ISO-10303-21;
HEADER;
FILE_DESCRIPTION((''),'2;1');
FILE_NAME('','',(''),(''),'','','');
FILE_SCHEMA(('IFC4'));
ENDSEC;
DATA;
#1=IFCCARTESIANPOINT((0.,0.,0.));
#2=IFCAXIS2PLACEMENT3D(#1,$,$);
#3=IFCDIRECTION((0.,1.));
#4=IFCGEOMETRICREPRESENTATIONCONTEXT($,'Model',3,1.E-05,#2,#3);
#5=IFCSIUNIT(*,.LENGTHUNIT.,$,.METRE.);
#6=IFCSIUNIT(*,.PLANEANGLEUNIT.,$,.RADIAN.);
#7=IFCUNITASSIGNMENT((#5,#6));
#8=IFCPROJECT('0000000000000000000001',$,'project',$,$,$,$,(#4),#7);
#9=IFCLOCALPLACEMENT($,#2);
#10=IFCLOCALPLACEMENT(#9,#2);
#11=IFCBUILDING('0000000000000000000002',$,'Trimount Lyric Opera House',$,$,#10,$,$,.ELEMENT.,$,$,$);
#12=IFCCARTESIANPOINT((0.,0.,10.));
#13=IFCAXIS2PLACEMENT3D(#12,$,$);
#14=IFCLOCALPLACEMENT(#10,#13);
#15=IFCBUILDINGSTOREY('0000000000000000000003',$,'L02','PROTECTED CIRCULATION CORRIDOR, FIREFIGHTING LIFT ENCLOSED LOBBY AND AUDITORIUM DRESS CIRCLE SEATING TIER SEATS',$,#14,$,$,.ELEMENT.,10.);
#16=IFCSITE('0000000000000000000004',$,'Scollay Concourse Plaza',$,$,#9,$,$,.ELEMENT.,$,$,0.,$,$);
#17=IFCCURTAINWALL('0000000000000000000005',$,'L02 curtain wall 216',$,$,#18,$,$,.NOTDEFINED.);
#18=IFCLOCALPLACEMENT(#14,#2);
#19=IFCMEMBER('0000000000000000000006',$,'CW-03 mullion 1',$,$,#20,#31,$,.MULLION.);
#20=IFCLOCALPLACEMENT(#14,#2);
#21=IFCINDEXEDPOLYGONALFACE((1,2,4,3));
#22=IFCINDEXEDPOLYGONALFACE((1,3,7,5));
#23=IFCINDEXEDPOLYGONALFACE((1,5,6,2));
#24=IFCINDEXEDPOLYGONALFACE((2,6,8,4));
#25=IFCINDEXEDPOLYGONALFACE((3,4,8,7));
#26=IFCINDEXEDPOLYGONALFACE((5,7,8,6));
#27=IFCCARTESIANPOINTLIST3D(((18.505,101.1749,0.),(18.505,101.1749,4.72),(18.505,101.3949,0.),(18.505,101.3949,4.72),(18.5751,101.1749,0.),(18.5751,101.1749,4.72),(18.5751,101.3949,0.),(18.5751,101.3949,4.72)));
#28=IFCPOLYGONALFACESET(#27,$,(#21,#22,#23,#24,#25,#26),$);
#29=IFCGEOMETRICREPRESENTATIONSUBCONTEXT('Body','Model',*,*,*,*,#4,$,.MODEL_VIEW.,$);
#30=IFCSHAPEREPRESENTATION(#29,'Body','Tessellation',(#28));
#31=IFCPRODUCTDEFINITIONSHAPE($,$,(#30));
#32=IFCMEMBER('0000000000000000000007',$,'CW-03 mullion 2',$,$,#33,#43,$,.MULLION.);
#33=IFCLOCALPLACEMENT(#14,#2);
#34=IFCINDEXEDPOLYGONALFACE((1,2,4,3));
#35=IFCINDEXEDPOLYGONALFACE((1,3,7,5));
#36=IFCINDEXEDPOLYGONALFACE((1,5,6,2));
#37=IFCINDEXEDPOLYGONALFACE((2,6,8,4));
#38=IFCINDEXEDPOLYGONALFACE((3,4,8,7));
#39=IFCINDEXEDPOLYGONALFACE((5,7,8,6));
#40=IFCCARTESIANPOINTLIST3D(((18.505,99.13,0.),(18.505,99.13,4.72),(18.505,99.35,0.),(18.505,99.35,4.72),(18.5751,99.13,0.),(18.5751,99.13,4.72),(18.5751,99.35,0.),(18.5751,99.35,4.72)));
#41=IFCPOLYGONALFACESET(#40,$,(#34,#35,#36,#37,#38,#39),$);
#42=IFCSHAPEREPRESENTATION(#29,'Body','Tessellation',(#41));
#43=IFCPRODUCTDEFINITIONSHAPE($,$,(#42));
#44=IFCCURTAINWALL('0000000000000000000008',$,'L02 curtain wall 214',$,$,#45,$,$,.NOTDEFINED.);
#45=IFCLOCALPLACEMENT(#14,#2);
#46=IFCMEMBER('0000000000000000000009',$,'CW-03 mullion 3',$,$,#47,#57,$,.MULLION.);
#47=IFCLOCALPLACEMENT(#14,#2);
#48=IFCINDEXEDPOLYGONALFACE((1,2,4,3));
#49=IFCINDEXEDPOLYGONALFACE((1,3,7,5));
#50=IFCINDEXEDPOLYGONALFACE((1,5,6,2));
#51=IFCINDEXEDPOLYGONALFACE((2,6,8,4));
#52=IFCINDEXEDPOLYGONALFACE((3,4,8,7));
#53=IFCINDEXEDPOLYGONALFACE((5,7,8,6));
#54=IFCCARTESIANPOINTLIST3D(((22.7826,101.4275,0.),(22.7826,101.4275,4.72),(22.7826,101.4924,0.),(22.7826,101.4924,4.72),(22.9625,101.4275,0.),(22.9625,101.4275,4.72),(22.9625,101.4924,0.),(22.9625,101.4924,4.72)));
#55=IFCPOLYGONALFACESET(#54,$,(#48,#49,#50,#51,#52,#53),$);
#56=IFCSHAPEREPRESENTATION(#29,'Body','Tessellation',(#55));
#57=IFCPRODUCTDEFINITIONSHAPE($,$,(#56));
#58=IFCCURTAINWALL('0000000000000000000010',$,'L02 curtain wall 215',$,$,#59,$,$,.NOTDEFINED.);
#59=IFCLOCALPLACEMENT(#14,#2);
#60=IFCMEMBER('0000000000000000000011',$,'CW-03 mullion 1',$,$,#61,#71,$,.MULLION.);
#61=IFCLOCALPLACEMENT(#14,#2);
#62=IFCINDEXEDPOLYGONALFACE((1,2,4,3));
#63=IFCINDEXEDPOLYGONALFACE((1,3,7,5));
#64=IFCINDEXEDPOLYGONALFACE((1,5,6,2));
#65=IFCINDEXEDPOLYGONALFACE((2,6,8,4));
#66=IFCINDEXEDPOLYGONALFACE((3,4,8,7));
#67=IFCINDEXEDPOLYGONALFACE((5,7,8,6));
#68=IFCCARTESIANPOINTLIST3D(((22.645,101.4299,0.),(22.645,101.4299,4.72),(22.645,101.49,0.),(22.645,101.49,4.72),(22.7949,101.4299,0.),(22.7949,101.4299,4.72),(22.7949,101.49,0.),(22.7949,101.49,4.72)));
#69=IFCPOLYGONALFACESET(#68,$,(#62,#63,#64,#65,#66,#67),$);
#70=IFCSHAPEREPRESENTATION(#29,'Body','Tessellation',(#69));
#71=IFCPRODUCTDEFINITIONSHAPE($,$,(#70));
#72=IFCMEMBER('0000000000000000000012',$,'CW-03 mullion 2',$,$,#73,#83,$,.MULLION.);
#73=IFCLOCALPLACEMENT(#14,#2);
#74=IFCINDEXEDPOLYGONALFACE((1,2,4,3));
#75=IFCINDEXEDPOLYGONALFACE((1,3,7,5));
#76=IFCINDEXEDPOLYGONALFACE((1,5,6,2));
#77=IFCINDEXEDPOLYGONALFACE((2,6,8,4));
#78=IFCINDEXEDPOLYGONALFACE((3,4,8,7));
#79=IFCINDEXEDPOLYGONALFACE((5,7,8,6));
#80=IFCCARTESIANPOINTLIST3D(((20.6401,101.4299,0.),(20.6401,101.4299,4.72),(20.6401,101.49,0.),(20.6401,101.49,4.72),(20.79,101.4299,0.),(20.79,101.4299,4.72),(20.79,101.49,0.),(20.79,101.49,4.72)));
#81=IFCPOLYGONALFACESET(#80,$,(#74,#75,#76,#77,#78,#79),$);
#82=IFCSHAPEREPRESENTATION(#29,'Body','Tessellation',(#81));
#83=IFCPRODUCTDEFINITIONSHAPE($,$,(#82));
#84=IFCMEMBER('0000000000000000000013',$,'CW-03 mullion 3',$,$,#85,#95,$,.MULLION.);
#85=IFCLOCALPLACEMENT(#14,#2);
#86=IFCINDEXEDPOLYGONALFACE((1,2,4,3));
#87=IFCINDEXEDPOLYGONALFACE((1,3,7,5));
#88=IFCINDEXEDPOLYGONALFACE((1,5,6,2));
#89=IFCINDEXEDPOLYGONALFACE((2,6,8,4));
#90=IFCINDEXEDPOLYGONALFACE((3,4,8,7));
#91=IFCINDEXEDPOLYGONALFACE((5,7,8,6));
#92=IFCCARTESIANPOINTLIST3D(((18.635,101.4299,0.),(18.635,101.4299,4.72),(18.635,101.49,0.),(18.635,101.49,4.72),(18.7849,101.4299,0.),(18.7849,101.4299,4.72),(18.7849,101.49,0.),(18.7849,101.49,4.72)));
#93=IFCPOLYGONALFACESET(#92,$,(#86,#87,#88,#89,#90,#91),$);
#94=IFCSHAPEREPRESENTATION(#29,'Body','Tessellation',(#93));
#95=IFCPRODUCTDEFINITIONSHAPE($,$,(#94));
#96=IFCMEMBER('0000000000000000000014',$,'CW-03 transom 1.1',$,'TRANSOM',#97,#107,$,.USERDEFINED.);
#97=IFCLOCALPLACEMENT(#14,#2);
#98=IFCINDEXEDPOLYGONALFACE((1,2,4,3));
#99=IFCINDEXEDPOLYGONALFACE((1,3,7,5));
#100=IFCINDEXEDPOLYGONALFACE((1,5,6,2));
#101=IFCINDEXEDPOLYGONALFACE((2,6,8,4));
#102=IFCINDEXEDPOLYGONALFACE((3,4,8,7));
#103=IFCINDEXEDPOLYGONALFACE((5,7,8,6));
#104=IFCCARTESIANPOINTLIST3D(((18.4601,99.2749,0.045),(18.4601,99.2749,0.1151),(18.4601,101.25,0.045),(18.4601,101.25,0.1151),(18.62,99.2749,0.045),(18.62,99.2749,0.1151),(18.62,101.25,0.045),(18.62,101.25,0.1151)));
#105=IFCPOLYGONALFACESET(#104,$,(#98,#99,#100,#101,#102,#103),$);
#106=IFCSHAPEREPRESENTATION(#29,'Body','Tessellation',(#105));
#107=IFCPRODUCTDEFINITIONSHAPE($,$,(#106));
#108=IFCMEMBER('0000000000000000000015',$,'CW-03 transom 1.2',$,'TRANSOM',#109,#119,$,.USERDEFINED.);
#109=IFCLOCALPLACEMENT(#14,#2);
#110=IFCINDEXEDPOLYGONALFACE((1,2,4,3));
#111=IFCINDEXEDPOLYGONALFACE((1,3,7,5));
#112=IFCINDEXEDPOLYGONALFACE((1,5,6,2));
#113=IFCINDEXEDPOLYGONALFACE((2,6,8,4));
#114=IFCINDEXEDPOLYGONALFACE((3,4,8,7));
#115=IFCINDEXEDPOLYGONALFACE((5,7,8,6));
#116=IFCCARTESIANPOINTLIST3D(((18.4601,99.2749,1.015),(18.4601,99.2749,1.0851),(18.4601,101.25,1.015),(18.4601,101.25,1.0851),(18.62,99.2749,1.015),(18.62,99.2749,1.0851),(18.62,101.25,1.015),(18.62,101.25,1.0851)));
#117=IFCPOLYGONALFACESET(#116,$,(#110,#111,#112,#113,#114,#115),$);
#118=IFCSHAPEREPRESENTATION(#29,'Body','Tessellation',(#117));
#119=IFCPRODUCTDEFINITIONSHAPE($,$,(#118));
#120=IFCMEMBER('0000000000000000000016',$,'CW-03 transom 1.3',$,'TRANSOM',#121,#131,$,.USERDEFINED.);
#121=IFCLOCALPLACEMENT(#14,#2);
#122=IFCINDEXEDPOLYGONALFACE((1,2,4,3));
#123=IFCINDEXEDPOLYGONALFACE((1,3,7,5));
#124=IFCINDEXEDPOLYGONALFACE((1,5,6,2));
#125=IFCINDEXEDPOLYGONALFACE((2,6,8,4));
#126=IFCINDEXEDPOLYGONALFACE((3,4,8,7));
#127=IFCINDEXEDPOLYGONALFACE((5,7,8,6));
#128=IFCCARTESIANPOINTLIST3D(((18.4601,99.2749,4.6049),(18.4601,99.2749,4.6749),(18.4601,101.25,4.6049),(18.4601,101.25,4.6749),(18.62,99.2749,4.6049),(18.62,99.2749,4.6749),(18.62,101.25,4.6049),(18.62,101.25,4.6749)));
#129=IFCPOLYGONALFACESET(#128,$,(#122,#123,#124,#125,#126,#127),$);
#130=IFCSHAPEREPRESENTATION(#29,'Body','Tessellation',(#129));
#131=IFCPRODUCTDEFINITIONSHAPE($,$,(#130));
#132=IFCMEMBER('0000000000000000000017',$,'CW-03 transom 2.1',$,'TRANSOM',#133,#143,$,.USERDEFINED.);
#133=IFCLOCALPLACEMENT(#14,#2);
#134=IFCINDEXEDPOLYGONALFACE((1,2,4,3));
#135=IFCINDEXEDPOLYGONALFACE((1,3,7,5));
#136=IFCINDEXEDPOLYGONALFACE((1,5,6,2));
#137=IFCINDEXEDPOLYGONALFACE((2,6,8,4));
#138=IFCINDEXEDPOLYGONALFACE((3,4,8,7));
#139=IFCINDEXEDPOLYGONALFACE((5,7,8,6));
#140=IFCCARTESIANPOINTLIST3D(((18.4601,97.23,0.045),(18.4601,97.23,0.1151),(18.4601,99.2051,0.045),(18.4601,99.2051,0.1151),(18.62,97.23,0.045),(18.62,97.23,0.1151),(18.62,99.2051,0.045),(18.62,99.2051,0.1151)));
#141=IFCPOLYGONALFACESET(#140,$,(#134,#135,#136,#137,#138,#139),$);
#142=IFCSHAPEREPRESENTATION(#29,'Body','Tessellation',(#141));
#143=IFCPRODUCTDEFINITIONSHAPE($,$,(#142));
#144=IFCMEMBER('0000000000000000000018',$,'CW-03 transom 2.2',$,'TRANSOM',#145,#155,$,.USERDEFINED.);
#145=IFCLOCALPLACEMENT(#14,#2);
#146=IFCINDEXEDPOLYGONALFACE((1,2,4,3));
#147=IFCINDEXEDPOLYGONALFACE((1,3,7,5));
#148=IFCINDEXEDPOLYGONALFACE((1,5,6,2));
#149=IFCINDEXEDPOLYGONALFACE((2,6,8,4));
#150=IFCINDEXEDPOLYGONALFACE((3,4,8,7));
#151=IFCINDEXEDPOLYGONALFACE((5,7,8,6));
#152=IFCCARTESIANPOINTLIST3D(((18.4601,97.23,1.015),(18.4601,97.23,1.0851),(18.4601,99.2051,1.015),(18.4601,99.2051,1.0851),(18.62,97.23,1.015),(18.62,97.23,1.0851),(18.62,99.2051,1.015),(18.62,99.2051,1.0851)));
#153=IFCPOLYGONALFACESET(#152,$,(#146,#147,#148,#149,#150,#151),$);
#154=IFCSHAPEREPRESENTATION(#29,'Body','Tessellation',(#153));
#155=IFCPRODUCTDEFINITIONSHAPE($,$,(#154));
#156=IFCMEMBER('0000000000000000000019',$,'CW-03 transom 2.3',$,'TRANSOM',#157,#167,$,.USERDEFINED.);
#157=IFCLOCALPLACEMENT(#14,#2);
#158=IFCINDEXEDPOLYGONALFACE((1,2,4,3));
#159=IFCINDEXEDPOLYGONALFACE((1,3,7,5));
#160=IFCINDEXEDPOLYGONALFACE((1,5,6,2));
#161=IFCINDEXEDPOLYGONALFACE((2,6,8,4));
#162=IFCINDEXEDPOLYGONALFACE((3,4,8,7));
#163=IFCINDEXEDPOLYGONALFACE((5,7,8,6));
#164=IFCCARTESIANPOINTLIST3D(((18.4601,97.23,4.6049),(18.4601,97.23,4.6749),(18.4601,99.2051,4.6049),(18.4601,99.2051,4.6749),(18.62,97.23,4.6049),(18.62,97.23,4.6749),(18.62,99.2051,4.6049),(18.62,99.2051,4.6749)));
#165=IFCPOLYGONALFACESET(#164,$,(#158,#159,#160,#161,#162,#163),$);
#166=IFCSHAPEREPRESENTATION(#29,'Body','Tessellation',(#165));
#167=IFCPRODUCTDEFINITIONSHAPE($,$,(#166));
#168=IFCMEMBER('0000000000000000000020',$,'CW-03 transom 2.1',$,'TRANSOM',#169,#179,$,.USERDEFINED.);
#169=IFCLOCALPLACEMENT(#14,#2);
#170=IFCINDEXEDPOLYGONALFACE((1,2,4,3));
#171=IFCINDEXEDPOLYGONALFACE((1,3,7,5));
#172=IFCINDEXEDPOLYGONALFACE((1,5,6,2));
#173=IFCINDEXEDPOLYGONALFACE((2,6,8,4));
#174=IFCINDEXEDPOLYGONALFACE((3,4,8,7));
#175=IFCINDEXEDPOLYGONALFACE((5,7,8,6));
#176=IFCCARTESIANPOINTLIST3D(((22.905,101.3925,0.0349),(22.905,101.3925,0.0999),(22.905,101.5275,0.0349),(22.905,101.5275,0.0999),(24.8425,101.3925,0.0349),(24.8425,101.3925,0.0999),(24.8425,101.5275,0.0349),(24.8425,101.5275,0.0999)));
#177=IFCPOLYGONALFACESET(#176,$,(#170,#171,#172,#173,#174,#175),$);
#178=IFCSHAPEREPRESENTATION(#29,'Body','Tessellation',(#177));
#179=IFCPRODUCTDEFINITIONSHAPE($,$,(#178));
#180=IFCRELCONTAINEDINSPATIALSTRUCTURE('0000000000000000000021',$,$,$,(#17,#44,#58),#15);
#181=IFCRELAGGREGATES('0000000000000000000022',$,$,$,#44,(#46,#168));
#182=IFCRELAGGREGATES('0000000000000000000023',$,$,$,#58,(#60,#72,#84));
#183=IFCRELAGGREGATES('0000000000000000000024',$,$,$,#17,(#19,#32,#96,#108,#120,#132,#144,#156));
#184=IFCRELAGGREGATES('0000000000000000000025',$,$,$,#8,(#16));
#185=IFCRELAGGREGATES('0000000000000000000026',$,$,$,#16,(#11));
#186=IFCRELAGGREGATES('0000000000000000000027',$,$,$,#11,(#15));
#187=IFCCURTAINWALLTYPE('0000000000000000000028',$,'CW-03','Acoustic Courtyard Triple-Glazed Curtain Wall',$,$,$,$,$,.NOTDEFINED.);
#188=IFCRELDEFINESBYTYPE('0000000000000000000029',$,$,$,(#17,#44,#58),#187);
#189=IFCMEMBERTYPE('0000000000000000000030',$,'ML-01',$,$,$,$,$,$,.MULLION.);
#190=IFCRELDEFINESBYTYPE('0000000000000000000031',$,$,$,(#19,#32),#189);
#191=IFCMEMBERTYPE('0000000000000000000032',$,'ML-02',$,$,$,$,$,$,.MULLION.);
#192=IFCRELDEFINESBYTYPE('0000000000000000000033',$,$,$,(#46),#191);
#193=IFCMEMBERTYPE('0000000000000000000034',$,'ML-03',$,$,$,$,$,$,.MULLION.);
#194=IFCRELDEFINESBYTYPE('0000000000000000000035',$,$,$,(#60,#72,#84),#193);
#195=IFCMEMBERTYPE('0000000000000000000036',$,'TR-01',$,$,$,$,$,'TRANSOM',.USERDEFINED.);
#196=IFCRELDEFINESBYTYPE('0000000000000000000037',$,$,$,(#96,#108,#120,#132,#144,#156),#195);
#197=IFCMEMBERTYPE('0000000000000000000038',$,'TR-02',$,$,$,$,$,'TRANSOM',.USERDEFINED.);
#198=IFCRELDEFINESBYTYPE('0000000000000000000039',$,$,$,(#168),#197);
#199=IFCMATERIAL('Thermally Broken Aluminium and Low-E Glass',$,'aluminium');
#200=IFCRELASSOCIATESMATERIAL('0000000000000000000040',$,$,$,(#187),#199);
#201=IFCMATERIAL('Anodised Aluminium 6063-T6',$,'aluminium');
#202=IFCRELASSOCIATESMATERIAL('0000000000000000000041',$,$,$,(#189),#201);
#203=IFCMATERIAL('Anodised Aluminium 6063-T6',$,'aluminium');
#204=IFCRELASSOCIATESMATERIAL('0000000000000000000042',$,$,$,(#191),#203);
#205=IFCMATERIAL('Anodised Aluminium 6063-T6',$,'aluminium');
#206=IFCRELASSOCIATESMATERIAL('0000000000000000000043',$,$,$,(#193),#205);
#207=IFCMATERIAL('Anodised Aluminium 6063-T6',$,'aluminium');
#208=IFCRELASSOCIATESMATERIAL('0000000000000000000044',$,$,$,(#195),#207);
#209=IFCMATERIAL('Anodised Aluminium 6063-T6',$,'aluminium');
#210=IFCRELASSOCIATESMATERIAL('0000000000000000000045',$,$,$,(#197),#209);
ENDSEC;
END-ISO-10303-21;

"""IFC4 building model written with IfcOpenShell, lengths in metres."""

from ifc_helpers import new_model, si_unit, direction, frame, origin, origin_2d, place, context, subcontext, project, spatial, rectangle, extrude, material, material_profile, profile_set, type_object, element, aggregate, save


model = new_model("IFC4")

# Units and contexts
model_context = context("Model", 3, precision=1e-05, world=origin(), true_north=direction((0.0, 1.0)))
body_context = subcontext(model_context, "Body", "Model", "MODEL_VIEW")
ifc_project = project(units=[si_unit("LENGTHUNIT", "METRE"), si_unit("PLANEANGLEUNIT", "RADIAN")], contexts=[model_context])

# Site, building, storey
site_placement = place(None, origin())
site = spatial("IfcSite", under=ifc_project, at=site_placement, Name="Scollay Concourse Plaza", CompositionType="ELEMENT", RefElevation=0.0)
building_placement = place(site_placement, origin())
building = spatial("IfcBuilding", under=site, at=building_placement, Name="Trimount Lyric Opera House", CompositionType="ELEMENT")
storey_placement = place(building_placement, frame((0.0, 0.0, 10.0)))
storey = spatial("IfcBuildingStorey", under=building, at=storey_placement, Name="L02", Description="PROTECTED CIRCULATION CORRIDOR, FIREFIGHTING LIFT ENCLOSED LOBBY AND AUDITORIUM DRESS CIRCLE SEATING TIER SEATS", CompositionType="ELEMENT", Elevation=10.0)

# Curtain wall, members
ifc_material_1 = material(Name="Thermally Broken Aluminium and Low-E Glass", Category="aluminium")
curtain_wall_type = type_object("IfcCurtainWallType", Name="CW-03", Description="Acoustic Courtyard Triple-Glazed Curtain Wall", PredefinedType="NOTDEFINED", material=ifc_material_1)
curtain_wall_1_placement = place(storey_placement, origin())
curtain_wall_1 = element("IfcCurtainWall", 1, at=curtain_wall_1_placement, inside=storey, type_object=curtain_wall_type, Name="L02 curtain wall 216", PredefinedType="NOTDEFINED")
ifc_material_2 = material(Name="Anodised Aluminium 6063-T6", Category="aluminium")
ifc_material_profile_1 = material_profile(ifc_material_2, rectangle(XDim=0.0701, YDim=0.22, at=origin_2d()), Name="ALU-MULL-70X220")
ifc_profile_set_1 = profile_set([ifc_material_profile_1], Name="Anodised Aluminium 6063-T6")
member_type_1 = type_object("IfcMemberType", Name="ML-01", PredefinedType="MULLION", material=ifc_profile_set_1)
member_1_placement = place(storey_placement, frame((18.54, 101.2849, 0.0), z_axis=(0.0, 0.0, 1.0), x_axis=(1.0, 0.0, 0.0)))
member_1 = element("IfcMember", 2, at=member_1_placement, type_object=member_type_1, Name="CW-03 mullion 1", PredefinedType="MULLION", context=body_context, shape_type="SweptSolid", body=[
    extrude(rectangle(XDim=0.0701, YDim=0.22, at=origin_2d()), origin(), (0.0, 0.0, 1.0), 4.72),
])
member_2_placement = place(storey_placement, frame((18.54, 99.24, 0.0), z_axis=(0.0, 0.0, 1.0), x_axis=(1.0, 0.0, 0.0)))
member_2 = element("IfcMember", 3, at=member_2_placement, type_object=member_type_1, Name="CW-03 mullion 2", PredefinedType="MULLION", context=body_context, shape_type="SweptSolid", body=[
    extrude(rectangle(XDim=0.0701, YDim=0.22, at=origin_2d()), origin(), (0.0, 0.0, 1.0), 4.72),
])

# Curtain wall, member
curtain_wall_2_placement = place(storey_placement, origin())
curtain_wall_2 = element("IfcCurtainWall", 4, at=curtain_wall_2_placement, inside=storey, type_object=curtain_wall_type, Name="L02 curtain wall 214", PredefinedType="NOTDEFINED")
ifc_material_3 = material(Name="Anodised Aluminium 6063-T6", Category="aluminium")
ifc_material_profile_2 = material_profile(ifc_material_3, rectangle(XDim=0.0649, YDim=0.1799, at=origin_2d()), Name="ALU-MULL-65X180")
ifc_profile_set_2 = profile_set([ifc_material_profile_2], Name="Anodised Aluminium 6063-T6")
member_type_2 = type_object("IfcMemberType", Name="ML-02", PredefinedType="MULLION", material=ifc_profile_set_2)
member_3_placement = place(storey_placement, frame((22.8726, 101.46, 0.0), z_axis=(0.0, 0.0, 1.0), x_axis=(0.0, -1.0, 0.0)))
member_3 = element("IfcMember", 5, at=member_3_placement, type_object=member_type_2, Name="CW-03 mullion 3", PredefinedType="MULLION", context=body_context, shape_type="SweptSolid", body=[
    extrude(rectangle(XDim=0.0649, YDim=0.1799, at=origin_2d()), origin(), (0.0, 0.0, 1.0), 4.72),
])

# Curtain wall, members
curtain_wall_3_placement = place(storey_placement, origin())
curtain_wall_3 = element("IfcCurtainWall", 6, at=curtain_wall_3_placement, inside=storey, type_object=curtain_wall_type, Name="L02 curtain wall 215", PredefinedType="NOTDEFINED")
ifc_material_4 = material(Name="Anodised Aluminium 6063-T6", Category="aluminium")
ifc_material_profile_3 = material_profile(ifc_material_4, rectangle(XDim=0.0601, YDim=0.1499, at=origin_2d()), Name="ALU-MULL-60X150")
ifc_profile_set_3 = profile_set([ifc_material_profile_3], Name="Anodised Aluminium 6063-T6")
member_type_3 = type_object("IfcMemberType", Name="ML-03", PredefinedType="MULLION", material=ifc_profile_set_3)
member_4_placement = place(storey_placement, frame((22.72, 101.46, 0.0), z_axis=(0.0, 0.0, 1.0), x_axis=(0.0, -1.0, 0.0)))
member_4 = element("IfcMember", 7, at=member_4_placement, type_object=member_type_3, Name="CW-03 mullion 1", PredefinedType="MULLION", context=body_context, shape_type="SweptSolid", body=[
    extrude(rectangle(XDim=0.0601, YDim=0.1499, at=origin_2d()), origin(), (0.0, 0.0, 1.0), 4.72),
])
member_5_placement = place(storey_placement, frame((20.7151, 101.46, 0.0), z_axis=(0.0, 0.0, 1.0), x_axis=(0.0, -1.0, 0.0)))
member_5 = element("IfcMember", 8, at=member_5_placement, type_object=member_type_3, Name="CW-03 mullion 2", PredefinedType="MULLION", context=body_context, shape_type="SweptSolid", body=[
    extrude(rectangle(XDim=0.0601, YDim=0.1499, at=origin_2d()), origin(), (0.0, 0.0, 1.0), 4.72),
])
member_6_placement = place(storey_placement, frame((18.71, 101.46, 0.0), z_axis=(0.0, 0.0, 1.0), x_axis=(0.0, -1.0, 0.0)))
member_6 = element("IfcMember", 9, at=member_6_placement, type_object=member_type_3, Name="CW-03 mullion 3", PredefinedType="MULLION", context=body_context, shape_type="SweptSolid", body=[
    extrude(rectangle(XDim=0.0601, YDim=0.1499, at=origin_2d()), origin(), (0.0, 0.0, 1.0), 4.72),
])

# Members
ifc_material_5 = material(Name="Anodised Aluminium 6063-T6", Category="aluminium")
ifc_material_profile_4 = material_profile(ifc_material_5, rectangle(XDim=0.1599, YDim=0.0701, at=origin_2d()), Name="ALU-TRAN-70X160")
ifc_profile_set_4 = profile_set([ifc_material_profile_4], Name="Anodised Aluminium 6063-T6")
member_type_4 = type_object("IfcMemberType", Name="TR-01", ElementType="TRANSOM", PredefinedType="USERDEFINED", material=ifc_profile_set_4)
member_7_placement = place(storey_placement, frame((18.54, 101.25, 0.0801), z_axis=(0.0, -1.0, 0.0), x_axis=(1.0, 0.0, 0.0)))
member_7 = element("IfcMember", 10, at=member_7_placement, type_object=member_type_4, Name="CW-03 transom 1.1", ObjectType="TRANSOM", PredefinedType="USERDEFINED", context=body_context, shape_type="SweptSolid", body=[
    extrude(rectangle(XDim=0.1599, YDim=0.0701, at=origin_2d()), origin(), (0.0, 0.0, 1.0), 1.9751),
])
member_8_placement = place(storey_placement, frame((18.54, 101.25, 1.05), z_axis=(0.0, -1.0, 0.0), x_axis=(1.0, 0.0, 0.0)))
member_8 = element("IfcMember", 11, at=member_8_placement, type_object=member_type_4, Name="CW-03 transom 1.2", ObjectType="TRANSOM", PredefinedType="USERDEFINED", context=body_context, shape_type="SweptSolid", body=[
    extrude(rectangle(XDim=0.1599, YDim=0.0701, at=origin_2d()), origin(), (0.0, 0.0, 1.0), 1.9751),
])
member_9_placement = place(storey_placement, frame((18.54, 101.25, 4.6399), z_axis=(0.0, -1.0, 0.0), x_axis=(1.0, 0.0, 0.0)))
member_9 = element("IfcMember", 12, at=member_9_placement, type_object=member_type_4, Name="CW-03 transom 1.3", ObjectType="TRANSOM", PredefinedType="USERDEFINED", context=body_context, shape_type="SweptSolid", body=[
    extrude(rectangle(XDim=0.1599, YDim=0.0701, at=origin_2d()), origin(), (0.0, 0.0, 1.0), 1.9751),
])
member_10_placement = place(storey_placement, frame((18.54, 99.2051, 0.0801), z_axis=(0.0, -1.0, 0.0), x_axis=(1.0, 0.0, 0.0)))
member_10 = element("IfcMember", 13, at=member_10_placement, type_object=member_type_4, Name="CW-03 transom 2.1", ObjectType="TRANSOM", PredefinedType="USERDEFINED", context=body_context, shape_type="SweptSolid", body=[
    extrude(rectangle(XDim=0.1599, YDim=0.0701, at=origin_2d()), origin(), (0.0, 0.0, 1.0), 1.9751),
])
member_11_placement = place(storey_placement, frame((18.54, 99.2051, 1.05), z_axis=(0.0, -1.0, 0.0), x_axis=(1.0, 0.0, 0.0)))
member_11 = element("IfcMember", 14, at=member_11_placement, type_object=member_type_4, Name="CW-03 transom 2.2", ObjectType="TRANSOM", PredefinedType="USERDEFINED", context=body_context, shape_type="SweptSolid", body=[
    extrude(rectangle(XDim=0.1599, YDim=0.0701, at=origin_2d()), origin(), (0.0, 0.0, 1.0), 1.9751),
])
member_12_placement = place(storey_placement, frame((18.54, 99.2051, 4.6399), z_axis=(0.0, -1.0, 0.0), x_axis=(1.0, 0.0, 0.0)))
member_12 = element("IfcMember", 15, at=member_12_placement, type_object=member_type_4, Name="CW-03 transom 2.3", ObjectType="TRANSOM", PredefinedType="USERDEFINED", context=body_context, shape_type="SweptSolid", body=[
    extrude(rectangle(XDim=0.1599, YDim=0.0701, at=origin_2d()), origin(), (0.0, 0.0, 1.0), 1.9751),
])
ifc_material_6 = material(Name="Anodised Aluminium 6063-T6", Category="aluminium")
ifc_material_profile_5 = material_profile(ifc_material_6, rectangle(XDim=0.135, YDim=0.0649, at=origin_2d()), Name="ALU-TRAN-65X135")
ifc_profile_set_5 = profile_set([ifc_material_profile_5], Name="Anodised Aluminium 6063-T6")
member_type_5 = type_object("IfcMemberType", Name="TR-02", ElementType="TRANSOM", PredefinedType="USERDEFINED", material=ifc_profile_set_5)
member_13_placement = place(storey_placement, frame((24.8425, 101.46, 0.0674), z_axis=(-1.0, 0.0, 0.0), x_axis=(0.0, -1.0, 0.0)))
member_13 = element("IfcMember", 16, at=member_13_placement, type_object=member_type_5, Name="CW-03 transom 2.1", ObjectType="TRANSOM", PredefinedType="USERDEFINED", context=body_context, shape_type="SweptSolid", body=[
    extrude(rectangle(XDim=0.135, YDim=0.0649, at=origin_2d()), origin(), (0.0, 0.0, 1.0), 1.9375),
])

aggregate(curtain_wall_2, [member_3, member_13])
aggregate(curtain_wall_3, [member_4, member_5, member_6])
aggregate(curtain_wall_1, [member_1, member_2, member_7, member_8, member_9, member_10, member_11, member_12])

save(model, "model.ifc")
